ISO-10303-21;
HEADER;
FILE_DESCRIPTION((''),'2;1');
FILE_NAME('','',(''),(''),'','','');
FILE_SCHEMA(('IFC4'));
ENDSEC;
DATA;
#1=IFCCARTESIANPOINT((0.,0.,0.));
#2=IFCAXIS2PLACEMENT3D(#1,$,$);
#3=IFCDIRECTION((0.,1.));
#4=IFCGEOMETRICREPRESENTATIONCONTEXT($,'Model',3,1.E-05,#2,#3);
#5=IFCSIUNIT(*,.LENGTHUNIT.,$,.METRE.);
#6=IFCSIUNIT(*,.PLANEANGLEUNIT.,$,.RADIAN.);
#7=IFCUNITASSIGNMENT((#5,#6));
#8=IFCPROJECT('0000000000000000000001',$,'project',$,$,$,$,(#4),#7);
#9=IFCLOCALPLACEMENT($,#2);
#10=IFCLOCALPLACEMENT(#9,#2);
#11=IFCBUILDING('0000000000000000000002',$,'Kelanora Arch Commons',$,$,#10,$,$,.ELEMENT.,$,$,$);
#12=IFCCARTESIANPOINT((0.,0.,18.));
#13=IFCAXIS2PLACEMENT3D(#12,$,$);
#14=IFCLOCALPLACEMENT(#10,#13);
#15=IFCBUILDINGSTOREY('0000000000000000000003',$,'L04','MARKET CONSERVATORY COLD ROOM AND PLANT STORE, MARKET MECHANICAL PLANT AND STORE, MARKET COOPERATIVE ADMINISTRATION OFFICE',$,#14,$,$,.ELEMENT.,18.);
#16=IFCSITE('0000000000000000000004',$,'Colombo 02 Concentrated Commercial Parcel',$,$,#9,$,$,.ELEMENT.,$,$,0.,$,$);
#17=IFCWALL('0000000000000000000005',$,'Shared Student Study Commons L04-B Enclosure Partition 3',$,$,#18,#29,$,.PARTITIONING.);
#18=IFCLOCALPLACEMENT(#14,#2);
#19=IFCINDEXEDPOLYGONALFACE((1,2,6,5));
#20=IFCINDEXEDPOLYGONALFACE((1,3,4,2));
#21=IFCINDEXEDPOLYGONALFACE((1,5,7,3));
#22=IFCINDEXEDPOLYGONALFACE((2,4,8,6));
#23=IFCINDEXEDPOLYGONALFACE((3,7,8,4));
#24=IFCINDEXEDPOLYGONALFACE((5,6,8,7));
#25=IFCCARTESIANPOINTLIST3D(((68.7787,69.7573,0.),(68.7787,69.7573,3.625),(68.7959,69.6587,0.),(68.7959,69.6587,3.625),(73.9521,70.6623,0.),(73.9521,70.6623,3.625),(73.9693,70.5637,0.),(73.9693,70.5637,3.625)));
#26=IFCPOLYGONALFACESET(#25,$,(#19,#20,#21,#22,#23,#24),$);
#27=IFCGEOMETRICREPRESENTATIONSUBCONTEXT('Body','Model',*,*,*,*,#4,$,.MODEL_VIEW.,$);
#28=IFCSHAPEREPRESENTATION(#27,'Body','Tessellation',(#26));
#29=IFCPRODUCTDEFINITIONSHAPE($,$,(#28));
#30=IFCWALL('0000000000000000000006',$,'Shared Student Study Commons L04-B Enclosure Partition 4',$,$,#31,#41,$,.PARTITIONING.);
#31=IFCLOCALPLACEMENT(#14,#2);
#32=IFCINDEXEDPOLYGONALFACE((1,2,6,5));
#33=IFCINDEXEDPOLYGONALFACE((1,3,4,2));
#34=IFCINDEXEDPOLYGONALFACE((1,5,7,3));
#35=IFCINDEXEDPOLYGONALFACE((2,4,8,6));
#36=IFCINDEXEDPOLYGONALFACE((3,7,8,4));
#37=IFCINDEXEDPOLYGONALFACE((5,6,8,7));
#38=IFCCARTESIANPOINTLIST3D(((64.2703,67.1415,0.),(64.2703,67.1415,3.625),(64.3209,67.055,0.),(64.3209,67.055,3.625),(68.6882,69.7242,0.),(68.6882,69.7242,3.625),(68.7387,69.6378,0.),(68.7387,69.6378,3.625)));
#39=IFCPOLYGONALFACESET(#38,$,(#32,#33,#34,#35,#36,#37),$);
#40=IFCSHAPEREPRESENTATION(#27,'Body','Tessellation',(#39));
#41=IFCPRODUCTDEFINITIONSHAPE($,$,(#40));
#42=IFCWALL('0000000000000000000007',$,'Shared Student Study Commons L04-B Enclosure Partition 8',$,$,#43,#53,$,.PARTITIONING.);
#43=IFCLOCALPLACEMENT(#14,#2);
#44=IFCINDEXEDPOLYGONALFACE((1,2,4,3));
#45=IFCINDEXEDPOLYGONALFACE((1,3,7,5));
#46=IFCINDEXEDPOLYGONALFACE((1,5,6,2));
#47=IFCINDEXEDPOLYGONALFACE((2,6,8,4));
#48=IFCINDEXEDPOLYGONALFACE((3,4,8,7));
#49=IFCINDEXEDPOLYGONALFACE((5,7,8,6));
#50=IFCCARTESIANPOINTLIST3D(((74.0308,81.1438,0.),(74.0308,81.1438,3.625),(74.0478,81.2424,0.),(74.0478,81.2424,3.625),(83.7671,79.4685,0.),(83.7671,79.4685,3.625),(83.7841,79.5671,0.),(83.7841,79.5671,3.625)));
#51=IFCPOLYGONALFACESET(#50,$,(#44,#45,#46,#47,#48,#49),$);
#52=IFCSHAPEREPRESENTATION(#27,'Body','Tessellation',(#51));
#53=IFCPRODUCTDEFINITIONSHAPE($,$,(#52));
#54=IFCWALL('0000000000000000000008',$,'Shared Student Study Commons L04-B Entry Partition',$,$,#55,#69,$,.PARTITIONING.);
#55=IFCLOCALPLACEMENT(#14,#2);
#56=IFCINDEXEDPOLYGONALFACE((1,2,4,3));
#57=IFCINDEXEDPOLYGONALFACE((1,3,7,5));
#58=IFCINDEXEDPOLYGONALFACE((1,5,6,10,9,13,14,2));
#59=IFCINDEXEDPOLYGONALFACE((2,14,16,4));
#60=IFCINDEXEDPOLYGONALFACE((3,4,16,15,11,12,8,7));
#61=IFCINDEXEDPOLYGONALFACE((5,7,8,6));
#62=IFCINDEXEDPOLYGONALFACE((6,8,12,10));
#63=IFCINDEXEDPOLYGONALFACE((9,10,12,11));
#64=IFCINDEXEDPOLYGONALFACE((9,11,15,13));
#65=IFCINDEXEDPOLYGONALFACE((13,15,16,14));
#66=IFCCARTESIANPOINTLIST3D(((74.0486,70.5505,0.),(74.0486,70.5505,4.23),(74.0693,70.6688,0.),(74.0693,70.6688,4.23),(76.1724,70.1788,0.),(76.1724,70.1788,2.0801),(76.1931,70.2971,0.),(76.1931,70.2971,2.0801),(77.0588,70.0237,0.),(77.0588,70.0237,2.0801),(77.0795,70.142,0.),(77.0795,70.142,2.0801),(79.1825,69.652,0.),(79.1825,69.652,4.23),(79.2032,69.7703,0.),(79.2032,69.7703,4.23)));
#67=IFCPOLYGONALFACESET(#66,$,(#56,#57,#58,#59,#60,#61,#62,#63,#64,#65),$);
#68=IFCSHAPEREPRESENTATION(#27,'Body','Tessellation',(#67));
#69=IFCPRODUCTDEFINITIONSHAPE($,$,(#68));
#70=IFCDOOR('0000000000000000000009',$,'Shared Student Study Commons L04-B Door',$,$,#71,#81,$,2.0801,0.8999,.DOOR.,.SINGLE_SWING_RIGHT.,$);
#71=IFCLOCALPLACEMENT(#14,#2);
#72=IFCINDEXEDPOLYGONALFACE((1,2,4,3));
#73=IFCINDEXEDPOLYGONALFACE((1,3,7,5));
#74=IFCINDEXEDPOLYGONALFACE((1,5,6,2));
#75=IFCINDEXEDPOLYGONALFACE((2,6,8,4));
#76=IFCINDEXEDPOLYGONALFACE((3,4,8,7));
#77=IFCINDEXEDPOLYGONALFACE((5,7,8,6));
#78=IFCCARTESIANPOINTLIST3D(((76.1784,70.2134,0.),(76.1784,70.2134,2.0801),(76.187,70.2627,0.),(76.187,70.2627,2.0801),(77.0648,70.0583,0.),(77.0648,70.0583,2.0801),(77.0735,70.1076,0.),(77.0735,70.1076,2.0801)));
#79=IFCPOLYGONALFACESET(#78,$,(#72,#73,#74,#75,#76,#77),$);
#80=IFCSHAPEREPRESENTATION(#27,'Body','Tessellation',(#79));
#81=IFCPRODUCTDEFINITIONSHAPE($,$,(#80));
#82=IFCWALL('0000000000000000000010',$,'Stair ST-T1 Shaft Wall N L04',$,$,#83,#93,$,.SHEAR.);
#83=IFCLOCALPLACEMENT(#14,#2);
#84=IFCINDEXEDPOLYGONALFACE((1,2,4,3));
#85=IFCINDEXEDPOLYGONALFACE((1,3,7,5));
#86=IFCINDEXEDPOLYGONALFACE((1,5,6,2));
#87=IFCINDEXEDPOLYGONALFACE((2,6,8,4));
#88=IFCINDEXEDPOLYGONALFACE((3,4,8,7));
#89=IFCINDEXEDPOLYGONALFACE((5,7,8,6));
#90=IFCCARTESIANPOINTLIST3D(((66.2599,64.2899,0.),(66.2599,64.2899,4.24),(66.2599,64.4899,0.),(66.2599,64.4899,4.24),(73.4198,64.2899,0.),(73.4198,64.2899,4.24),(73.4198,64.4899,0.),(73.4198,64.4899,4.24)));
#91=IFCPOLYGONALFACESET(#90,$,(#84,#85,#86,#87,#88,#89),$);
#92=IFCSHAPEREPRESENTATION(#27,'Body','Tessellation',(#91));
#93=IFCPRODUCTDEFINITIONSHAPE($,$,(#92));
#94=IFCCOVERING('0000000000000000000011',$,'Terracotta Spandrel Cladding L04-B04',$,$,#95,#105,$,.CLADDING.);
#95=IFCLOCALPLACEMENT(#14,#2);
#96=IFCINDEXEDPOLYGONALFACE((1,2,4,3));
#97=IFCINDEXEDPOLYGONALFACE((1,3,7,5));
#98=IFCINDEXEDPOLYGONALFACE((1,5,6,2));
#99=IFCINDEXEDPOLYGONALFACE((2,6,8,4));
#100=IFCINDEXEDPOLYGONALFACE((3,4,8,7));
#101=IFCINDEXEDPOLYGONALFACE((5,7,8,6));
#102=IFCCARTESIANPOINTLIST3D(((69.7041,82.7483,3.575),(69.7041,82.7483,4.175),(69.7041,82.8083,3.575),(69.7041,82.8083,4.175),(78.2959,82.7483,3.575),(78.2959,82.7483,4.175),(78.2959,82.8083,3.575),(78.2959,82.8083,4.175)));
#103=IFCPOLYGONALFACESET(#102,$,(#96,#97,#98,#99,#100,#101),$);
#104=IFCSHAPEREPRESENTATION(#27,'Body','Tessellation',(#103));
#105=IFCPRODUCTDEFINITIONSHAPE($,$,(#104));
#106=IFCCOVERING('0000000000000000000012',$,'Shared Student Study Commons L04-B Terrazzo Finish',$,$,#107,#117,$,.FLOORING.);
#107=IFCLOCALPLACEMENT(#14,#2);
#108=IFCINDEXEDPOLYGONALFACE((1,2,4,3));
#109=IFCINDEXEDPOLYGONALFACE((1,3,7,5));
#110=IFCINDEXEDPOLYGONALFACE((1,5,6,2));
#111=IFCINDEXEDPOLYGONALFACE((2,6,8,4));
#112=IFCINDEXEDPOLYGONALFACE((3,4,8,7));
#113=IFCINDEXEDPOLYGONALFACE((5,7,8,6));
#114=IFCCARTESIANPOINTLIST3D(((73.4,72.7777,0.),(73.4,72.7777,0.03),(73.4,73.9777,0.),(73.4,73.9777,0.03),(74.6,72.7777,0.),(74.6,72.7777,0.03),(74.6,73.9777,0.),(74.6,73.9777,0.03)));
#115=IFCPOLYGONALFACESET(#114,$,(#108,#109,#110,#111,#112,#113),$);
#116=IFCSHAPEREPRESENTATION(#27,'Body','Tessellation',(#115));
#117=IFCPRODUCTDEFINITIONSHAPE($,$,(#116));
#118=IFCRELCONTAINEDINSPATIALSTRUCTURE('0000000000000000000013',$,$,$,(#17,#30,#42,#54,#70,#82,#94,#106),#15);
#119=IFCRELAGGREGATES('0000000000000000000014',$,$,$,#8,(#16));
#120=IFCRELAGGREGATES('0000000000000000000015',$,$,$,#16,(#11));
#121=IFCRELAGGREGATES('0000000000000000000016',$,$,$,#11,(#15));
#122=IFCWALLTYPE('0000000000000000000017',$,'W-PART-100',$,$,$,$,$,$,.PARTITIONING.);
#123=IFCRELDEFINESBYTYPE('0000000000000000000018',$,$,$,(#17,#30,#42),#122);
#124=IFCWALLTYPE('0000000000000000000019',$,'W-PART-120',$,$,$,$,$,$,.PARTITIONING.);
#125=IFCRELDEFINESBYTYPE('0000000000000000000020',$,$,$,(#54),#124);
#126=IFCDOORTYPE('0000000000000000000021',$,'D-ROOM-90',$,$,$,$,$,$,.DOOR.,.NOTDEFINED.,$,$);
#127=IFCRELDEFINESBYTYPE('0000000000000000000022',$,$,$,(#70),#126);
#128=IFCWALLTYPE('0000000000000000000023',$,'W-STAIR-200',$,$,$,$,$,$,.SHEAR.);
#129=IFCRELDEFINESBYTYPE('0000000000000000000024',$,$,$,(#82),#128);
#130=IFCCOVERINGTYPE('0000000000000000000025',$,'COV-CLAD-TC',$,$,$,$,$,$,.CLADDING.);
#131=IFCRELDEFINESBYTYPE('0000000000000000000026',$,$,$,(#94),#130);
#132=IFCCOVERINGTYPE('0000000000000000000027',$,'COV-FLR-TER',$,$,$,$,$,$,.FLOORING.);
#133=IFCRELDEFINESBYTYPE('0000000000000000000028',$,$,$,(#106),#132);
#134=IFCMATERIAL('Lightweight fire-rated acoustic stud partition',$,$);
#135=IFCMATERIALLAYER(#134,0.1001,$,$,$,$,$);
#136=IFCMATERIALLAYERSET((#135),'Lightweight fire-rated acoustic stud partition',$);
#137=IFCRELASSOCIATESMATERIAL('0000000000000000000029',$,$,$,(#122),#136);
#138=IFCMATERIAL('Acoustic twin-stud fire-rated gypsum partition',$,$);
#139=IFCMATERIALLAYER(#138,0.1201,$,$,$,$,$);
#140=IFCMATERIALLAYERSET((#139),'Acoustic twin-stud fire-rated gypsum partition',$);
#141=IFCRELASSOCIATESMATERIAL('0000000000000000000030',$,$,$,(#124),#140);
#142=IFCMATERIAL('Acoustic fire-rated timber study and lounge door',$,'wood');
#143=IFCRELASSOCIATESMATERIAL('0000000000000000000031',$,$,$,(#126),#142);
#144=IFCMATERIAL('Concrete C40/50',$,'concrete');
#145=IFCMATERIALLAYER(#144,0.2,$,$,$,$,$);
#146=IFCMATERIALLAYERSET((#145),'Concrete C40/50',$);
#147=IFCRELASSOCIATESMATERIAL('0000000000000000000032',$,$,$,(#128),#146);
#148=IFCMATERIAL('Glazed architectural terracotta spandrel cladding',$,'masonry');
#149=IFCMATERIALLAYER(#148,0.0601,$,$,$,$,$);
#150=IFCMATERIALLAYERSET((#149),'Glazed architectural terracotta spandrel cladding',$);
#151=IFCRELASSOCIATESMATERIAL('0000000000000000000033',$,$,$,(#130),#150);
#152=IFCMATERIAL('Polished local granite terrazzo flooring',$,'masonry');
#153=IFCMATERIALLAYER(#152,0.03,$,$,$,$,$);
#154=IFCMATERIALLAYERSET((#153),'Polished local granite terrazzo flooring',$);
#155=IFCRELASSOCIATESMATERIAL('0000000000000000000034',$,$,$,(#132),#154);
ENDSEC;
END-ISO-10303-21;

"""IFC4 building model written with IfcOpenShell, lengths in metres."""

from ifc_helpers import new_model, si_unit, direction, frame, frame_2d, origin, origin_2d, place, context, subcontext, project, spatial, rectangle, extrude, source, transform, mapped, material, layer, layer_set, type_object, element, fill, save


model = new_model("IFC4")

# Units and contexts
model_context = context("Model", 3, precision=1e-05, world=origin(), true_north=direction((0.0, 1.0)))
body_context = subcontext(model_context, "Body", "Model", "MODEL_VIEW")
ifc_project = project(units=[si_unit("LENGTHUNIT", "METRE"), si_unit("PLANEANGLEUNIT", "RADIAN")], contexts=[model_context])

# Site, building, storey
site_placement = place(None, origin())
site = spatial("IfcSite", under=ifc_project, at=site_placement, Name="Colombo 02 Concentrated Commercial Parcel", CompositionType="ELEMENT", RefElevation=0.0)
building_placement = place(site_placement, origin())
building = spatial("IfcBuilding", under=site, at=building_placement, Name="Kelanora Arch Commons", CompositionType="ELEMENT")
storey_placement = place(building_placement, frame((0.0, 0.0, 18.0)))
storey = spatial("IfcBuildingStorey", under=building, at=storey_placement, Name="L04", Description="MARKET CONSERVATORY COLD ROOM AND PLANT STORE, MARKET MECHANICAL PLANT AND STORE, MARKET COOPERATIVE ADMINISTRATION OFFICE", CompositionType="ELEMENT", Elevation=18.0)

# Walls
ifc_material_1 = material(Name="Lightweight fire-rated acoustic stud partition")
ifc_layer_1 = layer(ifc_material_1, 0.1001)
ifc_layer_set_1 = layer_set([ifc_layer_1], Name="Lightweight fire-rated acoustic stud partition")
wall_type_1 = type_object("IfcWallType", Name="W-PART-100", PredefinedType="PARTITIONING", material=ifc_layer_set_1)
wall_1_placement = place(storey_placement, frame((73.9607, 70.613, 0.0), z_axis=(0.0, 0.0, 1.0), x_axis=(-0.98504, -0.172324, 0.0)))
element("IfcWall", 1, at=wall_1_placement, inside=storey, type_object=wall_type_1, Name="Shared Student Study Commons L04-B Enclosure Partition 3", PredefinedType="PARTITIONING", context=body_context, shape_type="SweptSolid", body=[
    extrude(rectangle(XDim=5.252, YDim=0.1001, at=frame_2d((2.626, 0.0))), origin(), (0.0, 0.0, 1.0), 3.625),
])
wall_2_placement = place(storey_placement, frame((68.7134, 69.6809, 0.0), z_axis=(0.0, 0.0, 1.0), x_axis=(-0.863301, -0.504689, 0.0)))
element("IfcWall", 2, at=wall_2_placement, inside=storey, type_object=wall_type_1, Name="Shared Student Study Commons L04-B Enclosure Partition 4", PredefinedType="PARTITIONING", context=body_context, shape_type="SweptSolid", body=[
    extrude(rectangle(XDim=5.1174, YDim=0.1001, at=frame_2d((2.5586, 0.0))), origin(), (0.0, 0.0, 1.0), 3.625),
])
wall_3_placement = place(storey_placement, frame((74.0393, 81.1931, 0.0), z_axis=(0.0, 0.0, 1.0), x_axis=(0.985517, -0.169574, 0.0)))
element("IfcWall", 3, at=wall_3_placement, inside=storey, type_object=wall_type_1, Name="Shared Student Study Commons L04-B Enclosure Partition 8", PredefinedType="PARTITIONING", context=body_context, shape_type="SweptSolid", body=[
    extrude(rectangle(XDim=9.8794, YDim=0.1001, at=frame_2d((4.9397, 0.0))), origin(), (0.0, 0.0, 1.0), 3.625),
])

# Wall, opening, door
ifc_material_2 = material(Name="Acoustic twin-stud fire-rated gypsum partition")
ifc_layer_2 = layer(ifc_material_2, 0.1201)
ifc_layer_set_2 = layer_set([ifc_layer_2], Name="Acoustic twin-stud fire-rated gypsum partition")
wall_type_2 = type_object("IfcWallType", Name="W-PART-120", PredefinedType="PARTITIONING", material=ifc_layer_set_2)
wall_4_placement = place(storey_placement, frame((79.1929, 69.7112, 0.0), z_axis=(0.0, 0.0, 1.0), x_axis=(-0.98503, 0.172385, 0.0)))
wall_4 = element("IfcWall", 4, at=wall_4_placement, inside=storey, type_object=wall_type_2, Name="Shared Student Study Commons L04-B Entry Partition", PredefinedType="PARTITIONING", context=body_context, shape_type="SweptSolid", body=[
    extrude(rectangle(XDim=5.2119, YDim=0.1201, at=frame_2d((2.606, 0.0))), origin(), (0.0, 0.0, 1.0), 4.23),
])
opening_1_placement = place(wall_4_placement, frame((2.156, 0.0, 0.0)))
opening_1 = element("IfcOpeningElement", 5, at=opening_1_placement, cuts=wall_4, PredefinedType="OPENING", context=body_context, shape_type="SweptSolid", body=[
    extrude(rectangle(XDim=0.8999, YDim=2.0801, at=frame_2d((0.45, 1.04))), frame((0.0, 0.0701, 0.0), z_axis=(0.0, -1.0, 0.0), x_axis=(1.0, 0.0, 0.0)), (0.0, 0.0, 1.0), 0.1401),
])
ifc_material_3 = material(Name="Acoustic fire-rated timber study and lounge door", Category="wood")
door_type = type_object("IfcDoorType", Name="D-ROOM-90", OperationType="NOTDEFINED", PredefinedType="DOOR", material=ifc_material_3)
door_placement = place(opening_1_placement, origin())
door = element("IfcDoor", 6, at=door_placement, inside=storey, type_object=door_type, Name="Shared Student Study Commons L04-B Door", OperationType="SINGLE_SWING_RIGHT", OverallHeight=2.0801, OverallWidth=0.8999, PredefinedType="DOOR", context=body_context, shape_type="SweptSolid", body=[
    extrude(rectangle(XDim=0.8999, YDim=2.0801, at=frame_2d((0.45, 1.04))), frame((0.0, 0.0249, 0.0), z_axis=(0.0, -1.0, 0.0), x_axis=(1.0, 0.0, 0.0)), (0.0, 0.0, 1.0), 0.05),
])
fill(opening_1, door)

# Wall
ifc_material_4 = material(Name="Concrete C40/50", Category="concrete")
ifc_layer_3 = layer(ifc_material_4, 0.2)
ifc_layer_set_3 = layer_set([ifc_layer_3], Name="Concrete C40/50")
wall_type_3 = type_object("IfcWallType", Name="W-STAIR-200", PredefinedType="SHEAR", material=ifc_layer_set_3)
wall_5_placement = place(storey_placement, frame((73.4199, 64.3899, 0.0), z_axis=(0.0, 0.0, 1.0), x_axis=(-1.0, 0.0, 0.0)))
element("IfcWall", 7, at=wall_5_placement, inside=storey, type_object=wall_type_3, Name="Stair ST-T1 Shaft Wall N L04", PredefinedType="SHEAR", context=body_context, shape_type="SweptSolid", body=[
    extrude(rectangle(XDim=7.1599, YDim=0.2, at=frame_2d((3.5801, 0.0))), origin(), (0.0, 0.0, 1.0), 4.24),
])

# Coverings
ifc_material_5 = material(Name="Glazed architectural terracotta spandrel cladding", Category="masonry")
ifc_layer_4 = layer(ifc_material_5, 0.0601)
ifc_layer_set_4 = layer_set([ifc_layer_4], Name="Glazed architectural terracotta spandrel cladding")
covering_type_1 = type_object("IfcCoveringType", Name="COV-CLAD-TC", PredefinedType="CLADDING", material=ifc_layer_set_4)
shared_shape_1 = source(origin(), body_context, "Body", "SweptSolid", [
    extrude(rectangle(XDim=8.5918, YDim=0.0601, at=origin_2d()), origin(), (0.0, 0.0, 1.0), 0.6001),
])
covering_1_placement = place(storey_placement, frame((74.0, 82.7783, 3.575), z_axis=(0.0, 0.0, 1.0), x_axis=(-1.0, 0.0, 0.0)))
element("IfcCovering", 8, at=covering_1_placement, inside=storey, type_object=covering_type_1, Name="Terracotta Spandrel Cladding L04-B04", PredefinedType="CLADDING", context=body_context, shape_type="MappedRepresentation", body=[
    mapped(shared_shape_1, transform((0.0, 0.0, 0.0), scale=1.0)),
])
ifc_material_6 = material(Name="Polished local granite terrazzo flooring", Category="masonry")
ifc_layer_5 = layer(ifc_material_6, 0.03)
ifc_layer_set_5 = layer_set([ifc_layer_5], Name="Polished local granite terrazzo flooring")
covering_type_2 = type_object("IfcCoveringType", Name="COV-FLR-TER", PredefinedType="FLOORING", material=ifc_layer_set_5)
shared_shape_2 = source(origin(), body_context, "Body", "SweptSolid", [
    extrude(rectangle(XDim=1.2, YDim=1.2, at=origin_2d()), origin(), (0.0, 0.0, 1.0), 0.03),
])
covering_2_placement = place(storey_placement, frame((74.0, 73.3777, 0.0), z_axis=(0.0, 0.0, 1.0), x_axis=(1.0, 0.0, 0.0)))
element("IfcCovering", 9, at=covering_2_placement, inside=storey, type_object=covering_type_2, Name="Shared Student Study Commons L04-B Terrazzo Finish", PredefinedType="FLOORING", context=body_context, shape_type="MappedRepresentation", body=[
    mapped(shared_shape_2, transform((0.0, 0.0, 0.0), scale=1.0)),
])

save(model, "model.ifc")
